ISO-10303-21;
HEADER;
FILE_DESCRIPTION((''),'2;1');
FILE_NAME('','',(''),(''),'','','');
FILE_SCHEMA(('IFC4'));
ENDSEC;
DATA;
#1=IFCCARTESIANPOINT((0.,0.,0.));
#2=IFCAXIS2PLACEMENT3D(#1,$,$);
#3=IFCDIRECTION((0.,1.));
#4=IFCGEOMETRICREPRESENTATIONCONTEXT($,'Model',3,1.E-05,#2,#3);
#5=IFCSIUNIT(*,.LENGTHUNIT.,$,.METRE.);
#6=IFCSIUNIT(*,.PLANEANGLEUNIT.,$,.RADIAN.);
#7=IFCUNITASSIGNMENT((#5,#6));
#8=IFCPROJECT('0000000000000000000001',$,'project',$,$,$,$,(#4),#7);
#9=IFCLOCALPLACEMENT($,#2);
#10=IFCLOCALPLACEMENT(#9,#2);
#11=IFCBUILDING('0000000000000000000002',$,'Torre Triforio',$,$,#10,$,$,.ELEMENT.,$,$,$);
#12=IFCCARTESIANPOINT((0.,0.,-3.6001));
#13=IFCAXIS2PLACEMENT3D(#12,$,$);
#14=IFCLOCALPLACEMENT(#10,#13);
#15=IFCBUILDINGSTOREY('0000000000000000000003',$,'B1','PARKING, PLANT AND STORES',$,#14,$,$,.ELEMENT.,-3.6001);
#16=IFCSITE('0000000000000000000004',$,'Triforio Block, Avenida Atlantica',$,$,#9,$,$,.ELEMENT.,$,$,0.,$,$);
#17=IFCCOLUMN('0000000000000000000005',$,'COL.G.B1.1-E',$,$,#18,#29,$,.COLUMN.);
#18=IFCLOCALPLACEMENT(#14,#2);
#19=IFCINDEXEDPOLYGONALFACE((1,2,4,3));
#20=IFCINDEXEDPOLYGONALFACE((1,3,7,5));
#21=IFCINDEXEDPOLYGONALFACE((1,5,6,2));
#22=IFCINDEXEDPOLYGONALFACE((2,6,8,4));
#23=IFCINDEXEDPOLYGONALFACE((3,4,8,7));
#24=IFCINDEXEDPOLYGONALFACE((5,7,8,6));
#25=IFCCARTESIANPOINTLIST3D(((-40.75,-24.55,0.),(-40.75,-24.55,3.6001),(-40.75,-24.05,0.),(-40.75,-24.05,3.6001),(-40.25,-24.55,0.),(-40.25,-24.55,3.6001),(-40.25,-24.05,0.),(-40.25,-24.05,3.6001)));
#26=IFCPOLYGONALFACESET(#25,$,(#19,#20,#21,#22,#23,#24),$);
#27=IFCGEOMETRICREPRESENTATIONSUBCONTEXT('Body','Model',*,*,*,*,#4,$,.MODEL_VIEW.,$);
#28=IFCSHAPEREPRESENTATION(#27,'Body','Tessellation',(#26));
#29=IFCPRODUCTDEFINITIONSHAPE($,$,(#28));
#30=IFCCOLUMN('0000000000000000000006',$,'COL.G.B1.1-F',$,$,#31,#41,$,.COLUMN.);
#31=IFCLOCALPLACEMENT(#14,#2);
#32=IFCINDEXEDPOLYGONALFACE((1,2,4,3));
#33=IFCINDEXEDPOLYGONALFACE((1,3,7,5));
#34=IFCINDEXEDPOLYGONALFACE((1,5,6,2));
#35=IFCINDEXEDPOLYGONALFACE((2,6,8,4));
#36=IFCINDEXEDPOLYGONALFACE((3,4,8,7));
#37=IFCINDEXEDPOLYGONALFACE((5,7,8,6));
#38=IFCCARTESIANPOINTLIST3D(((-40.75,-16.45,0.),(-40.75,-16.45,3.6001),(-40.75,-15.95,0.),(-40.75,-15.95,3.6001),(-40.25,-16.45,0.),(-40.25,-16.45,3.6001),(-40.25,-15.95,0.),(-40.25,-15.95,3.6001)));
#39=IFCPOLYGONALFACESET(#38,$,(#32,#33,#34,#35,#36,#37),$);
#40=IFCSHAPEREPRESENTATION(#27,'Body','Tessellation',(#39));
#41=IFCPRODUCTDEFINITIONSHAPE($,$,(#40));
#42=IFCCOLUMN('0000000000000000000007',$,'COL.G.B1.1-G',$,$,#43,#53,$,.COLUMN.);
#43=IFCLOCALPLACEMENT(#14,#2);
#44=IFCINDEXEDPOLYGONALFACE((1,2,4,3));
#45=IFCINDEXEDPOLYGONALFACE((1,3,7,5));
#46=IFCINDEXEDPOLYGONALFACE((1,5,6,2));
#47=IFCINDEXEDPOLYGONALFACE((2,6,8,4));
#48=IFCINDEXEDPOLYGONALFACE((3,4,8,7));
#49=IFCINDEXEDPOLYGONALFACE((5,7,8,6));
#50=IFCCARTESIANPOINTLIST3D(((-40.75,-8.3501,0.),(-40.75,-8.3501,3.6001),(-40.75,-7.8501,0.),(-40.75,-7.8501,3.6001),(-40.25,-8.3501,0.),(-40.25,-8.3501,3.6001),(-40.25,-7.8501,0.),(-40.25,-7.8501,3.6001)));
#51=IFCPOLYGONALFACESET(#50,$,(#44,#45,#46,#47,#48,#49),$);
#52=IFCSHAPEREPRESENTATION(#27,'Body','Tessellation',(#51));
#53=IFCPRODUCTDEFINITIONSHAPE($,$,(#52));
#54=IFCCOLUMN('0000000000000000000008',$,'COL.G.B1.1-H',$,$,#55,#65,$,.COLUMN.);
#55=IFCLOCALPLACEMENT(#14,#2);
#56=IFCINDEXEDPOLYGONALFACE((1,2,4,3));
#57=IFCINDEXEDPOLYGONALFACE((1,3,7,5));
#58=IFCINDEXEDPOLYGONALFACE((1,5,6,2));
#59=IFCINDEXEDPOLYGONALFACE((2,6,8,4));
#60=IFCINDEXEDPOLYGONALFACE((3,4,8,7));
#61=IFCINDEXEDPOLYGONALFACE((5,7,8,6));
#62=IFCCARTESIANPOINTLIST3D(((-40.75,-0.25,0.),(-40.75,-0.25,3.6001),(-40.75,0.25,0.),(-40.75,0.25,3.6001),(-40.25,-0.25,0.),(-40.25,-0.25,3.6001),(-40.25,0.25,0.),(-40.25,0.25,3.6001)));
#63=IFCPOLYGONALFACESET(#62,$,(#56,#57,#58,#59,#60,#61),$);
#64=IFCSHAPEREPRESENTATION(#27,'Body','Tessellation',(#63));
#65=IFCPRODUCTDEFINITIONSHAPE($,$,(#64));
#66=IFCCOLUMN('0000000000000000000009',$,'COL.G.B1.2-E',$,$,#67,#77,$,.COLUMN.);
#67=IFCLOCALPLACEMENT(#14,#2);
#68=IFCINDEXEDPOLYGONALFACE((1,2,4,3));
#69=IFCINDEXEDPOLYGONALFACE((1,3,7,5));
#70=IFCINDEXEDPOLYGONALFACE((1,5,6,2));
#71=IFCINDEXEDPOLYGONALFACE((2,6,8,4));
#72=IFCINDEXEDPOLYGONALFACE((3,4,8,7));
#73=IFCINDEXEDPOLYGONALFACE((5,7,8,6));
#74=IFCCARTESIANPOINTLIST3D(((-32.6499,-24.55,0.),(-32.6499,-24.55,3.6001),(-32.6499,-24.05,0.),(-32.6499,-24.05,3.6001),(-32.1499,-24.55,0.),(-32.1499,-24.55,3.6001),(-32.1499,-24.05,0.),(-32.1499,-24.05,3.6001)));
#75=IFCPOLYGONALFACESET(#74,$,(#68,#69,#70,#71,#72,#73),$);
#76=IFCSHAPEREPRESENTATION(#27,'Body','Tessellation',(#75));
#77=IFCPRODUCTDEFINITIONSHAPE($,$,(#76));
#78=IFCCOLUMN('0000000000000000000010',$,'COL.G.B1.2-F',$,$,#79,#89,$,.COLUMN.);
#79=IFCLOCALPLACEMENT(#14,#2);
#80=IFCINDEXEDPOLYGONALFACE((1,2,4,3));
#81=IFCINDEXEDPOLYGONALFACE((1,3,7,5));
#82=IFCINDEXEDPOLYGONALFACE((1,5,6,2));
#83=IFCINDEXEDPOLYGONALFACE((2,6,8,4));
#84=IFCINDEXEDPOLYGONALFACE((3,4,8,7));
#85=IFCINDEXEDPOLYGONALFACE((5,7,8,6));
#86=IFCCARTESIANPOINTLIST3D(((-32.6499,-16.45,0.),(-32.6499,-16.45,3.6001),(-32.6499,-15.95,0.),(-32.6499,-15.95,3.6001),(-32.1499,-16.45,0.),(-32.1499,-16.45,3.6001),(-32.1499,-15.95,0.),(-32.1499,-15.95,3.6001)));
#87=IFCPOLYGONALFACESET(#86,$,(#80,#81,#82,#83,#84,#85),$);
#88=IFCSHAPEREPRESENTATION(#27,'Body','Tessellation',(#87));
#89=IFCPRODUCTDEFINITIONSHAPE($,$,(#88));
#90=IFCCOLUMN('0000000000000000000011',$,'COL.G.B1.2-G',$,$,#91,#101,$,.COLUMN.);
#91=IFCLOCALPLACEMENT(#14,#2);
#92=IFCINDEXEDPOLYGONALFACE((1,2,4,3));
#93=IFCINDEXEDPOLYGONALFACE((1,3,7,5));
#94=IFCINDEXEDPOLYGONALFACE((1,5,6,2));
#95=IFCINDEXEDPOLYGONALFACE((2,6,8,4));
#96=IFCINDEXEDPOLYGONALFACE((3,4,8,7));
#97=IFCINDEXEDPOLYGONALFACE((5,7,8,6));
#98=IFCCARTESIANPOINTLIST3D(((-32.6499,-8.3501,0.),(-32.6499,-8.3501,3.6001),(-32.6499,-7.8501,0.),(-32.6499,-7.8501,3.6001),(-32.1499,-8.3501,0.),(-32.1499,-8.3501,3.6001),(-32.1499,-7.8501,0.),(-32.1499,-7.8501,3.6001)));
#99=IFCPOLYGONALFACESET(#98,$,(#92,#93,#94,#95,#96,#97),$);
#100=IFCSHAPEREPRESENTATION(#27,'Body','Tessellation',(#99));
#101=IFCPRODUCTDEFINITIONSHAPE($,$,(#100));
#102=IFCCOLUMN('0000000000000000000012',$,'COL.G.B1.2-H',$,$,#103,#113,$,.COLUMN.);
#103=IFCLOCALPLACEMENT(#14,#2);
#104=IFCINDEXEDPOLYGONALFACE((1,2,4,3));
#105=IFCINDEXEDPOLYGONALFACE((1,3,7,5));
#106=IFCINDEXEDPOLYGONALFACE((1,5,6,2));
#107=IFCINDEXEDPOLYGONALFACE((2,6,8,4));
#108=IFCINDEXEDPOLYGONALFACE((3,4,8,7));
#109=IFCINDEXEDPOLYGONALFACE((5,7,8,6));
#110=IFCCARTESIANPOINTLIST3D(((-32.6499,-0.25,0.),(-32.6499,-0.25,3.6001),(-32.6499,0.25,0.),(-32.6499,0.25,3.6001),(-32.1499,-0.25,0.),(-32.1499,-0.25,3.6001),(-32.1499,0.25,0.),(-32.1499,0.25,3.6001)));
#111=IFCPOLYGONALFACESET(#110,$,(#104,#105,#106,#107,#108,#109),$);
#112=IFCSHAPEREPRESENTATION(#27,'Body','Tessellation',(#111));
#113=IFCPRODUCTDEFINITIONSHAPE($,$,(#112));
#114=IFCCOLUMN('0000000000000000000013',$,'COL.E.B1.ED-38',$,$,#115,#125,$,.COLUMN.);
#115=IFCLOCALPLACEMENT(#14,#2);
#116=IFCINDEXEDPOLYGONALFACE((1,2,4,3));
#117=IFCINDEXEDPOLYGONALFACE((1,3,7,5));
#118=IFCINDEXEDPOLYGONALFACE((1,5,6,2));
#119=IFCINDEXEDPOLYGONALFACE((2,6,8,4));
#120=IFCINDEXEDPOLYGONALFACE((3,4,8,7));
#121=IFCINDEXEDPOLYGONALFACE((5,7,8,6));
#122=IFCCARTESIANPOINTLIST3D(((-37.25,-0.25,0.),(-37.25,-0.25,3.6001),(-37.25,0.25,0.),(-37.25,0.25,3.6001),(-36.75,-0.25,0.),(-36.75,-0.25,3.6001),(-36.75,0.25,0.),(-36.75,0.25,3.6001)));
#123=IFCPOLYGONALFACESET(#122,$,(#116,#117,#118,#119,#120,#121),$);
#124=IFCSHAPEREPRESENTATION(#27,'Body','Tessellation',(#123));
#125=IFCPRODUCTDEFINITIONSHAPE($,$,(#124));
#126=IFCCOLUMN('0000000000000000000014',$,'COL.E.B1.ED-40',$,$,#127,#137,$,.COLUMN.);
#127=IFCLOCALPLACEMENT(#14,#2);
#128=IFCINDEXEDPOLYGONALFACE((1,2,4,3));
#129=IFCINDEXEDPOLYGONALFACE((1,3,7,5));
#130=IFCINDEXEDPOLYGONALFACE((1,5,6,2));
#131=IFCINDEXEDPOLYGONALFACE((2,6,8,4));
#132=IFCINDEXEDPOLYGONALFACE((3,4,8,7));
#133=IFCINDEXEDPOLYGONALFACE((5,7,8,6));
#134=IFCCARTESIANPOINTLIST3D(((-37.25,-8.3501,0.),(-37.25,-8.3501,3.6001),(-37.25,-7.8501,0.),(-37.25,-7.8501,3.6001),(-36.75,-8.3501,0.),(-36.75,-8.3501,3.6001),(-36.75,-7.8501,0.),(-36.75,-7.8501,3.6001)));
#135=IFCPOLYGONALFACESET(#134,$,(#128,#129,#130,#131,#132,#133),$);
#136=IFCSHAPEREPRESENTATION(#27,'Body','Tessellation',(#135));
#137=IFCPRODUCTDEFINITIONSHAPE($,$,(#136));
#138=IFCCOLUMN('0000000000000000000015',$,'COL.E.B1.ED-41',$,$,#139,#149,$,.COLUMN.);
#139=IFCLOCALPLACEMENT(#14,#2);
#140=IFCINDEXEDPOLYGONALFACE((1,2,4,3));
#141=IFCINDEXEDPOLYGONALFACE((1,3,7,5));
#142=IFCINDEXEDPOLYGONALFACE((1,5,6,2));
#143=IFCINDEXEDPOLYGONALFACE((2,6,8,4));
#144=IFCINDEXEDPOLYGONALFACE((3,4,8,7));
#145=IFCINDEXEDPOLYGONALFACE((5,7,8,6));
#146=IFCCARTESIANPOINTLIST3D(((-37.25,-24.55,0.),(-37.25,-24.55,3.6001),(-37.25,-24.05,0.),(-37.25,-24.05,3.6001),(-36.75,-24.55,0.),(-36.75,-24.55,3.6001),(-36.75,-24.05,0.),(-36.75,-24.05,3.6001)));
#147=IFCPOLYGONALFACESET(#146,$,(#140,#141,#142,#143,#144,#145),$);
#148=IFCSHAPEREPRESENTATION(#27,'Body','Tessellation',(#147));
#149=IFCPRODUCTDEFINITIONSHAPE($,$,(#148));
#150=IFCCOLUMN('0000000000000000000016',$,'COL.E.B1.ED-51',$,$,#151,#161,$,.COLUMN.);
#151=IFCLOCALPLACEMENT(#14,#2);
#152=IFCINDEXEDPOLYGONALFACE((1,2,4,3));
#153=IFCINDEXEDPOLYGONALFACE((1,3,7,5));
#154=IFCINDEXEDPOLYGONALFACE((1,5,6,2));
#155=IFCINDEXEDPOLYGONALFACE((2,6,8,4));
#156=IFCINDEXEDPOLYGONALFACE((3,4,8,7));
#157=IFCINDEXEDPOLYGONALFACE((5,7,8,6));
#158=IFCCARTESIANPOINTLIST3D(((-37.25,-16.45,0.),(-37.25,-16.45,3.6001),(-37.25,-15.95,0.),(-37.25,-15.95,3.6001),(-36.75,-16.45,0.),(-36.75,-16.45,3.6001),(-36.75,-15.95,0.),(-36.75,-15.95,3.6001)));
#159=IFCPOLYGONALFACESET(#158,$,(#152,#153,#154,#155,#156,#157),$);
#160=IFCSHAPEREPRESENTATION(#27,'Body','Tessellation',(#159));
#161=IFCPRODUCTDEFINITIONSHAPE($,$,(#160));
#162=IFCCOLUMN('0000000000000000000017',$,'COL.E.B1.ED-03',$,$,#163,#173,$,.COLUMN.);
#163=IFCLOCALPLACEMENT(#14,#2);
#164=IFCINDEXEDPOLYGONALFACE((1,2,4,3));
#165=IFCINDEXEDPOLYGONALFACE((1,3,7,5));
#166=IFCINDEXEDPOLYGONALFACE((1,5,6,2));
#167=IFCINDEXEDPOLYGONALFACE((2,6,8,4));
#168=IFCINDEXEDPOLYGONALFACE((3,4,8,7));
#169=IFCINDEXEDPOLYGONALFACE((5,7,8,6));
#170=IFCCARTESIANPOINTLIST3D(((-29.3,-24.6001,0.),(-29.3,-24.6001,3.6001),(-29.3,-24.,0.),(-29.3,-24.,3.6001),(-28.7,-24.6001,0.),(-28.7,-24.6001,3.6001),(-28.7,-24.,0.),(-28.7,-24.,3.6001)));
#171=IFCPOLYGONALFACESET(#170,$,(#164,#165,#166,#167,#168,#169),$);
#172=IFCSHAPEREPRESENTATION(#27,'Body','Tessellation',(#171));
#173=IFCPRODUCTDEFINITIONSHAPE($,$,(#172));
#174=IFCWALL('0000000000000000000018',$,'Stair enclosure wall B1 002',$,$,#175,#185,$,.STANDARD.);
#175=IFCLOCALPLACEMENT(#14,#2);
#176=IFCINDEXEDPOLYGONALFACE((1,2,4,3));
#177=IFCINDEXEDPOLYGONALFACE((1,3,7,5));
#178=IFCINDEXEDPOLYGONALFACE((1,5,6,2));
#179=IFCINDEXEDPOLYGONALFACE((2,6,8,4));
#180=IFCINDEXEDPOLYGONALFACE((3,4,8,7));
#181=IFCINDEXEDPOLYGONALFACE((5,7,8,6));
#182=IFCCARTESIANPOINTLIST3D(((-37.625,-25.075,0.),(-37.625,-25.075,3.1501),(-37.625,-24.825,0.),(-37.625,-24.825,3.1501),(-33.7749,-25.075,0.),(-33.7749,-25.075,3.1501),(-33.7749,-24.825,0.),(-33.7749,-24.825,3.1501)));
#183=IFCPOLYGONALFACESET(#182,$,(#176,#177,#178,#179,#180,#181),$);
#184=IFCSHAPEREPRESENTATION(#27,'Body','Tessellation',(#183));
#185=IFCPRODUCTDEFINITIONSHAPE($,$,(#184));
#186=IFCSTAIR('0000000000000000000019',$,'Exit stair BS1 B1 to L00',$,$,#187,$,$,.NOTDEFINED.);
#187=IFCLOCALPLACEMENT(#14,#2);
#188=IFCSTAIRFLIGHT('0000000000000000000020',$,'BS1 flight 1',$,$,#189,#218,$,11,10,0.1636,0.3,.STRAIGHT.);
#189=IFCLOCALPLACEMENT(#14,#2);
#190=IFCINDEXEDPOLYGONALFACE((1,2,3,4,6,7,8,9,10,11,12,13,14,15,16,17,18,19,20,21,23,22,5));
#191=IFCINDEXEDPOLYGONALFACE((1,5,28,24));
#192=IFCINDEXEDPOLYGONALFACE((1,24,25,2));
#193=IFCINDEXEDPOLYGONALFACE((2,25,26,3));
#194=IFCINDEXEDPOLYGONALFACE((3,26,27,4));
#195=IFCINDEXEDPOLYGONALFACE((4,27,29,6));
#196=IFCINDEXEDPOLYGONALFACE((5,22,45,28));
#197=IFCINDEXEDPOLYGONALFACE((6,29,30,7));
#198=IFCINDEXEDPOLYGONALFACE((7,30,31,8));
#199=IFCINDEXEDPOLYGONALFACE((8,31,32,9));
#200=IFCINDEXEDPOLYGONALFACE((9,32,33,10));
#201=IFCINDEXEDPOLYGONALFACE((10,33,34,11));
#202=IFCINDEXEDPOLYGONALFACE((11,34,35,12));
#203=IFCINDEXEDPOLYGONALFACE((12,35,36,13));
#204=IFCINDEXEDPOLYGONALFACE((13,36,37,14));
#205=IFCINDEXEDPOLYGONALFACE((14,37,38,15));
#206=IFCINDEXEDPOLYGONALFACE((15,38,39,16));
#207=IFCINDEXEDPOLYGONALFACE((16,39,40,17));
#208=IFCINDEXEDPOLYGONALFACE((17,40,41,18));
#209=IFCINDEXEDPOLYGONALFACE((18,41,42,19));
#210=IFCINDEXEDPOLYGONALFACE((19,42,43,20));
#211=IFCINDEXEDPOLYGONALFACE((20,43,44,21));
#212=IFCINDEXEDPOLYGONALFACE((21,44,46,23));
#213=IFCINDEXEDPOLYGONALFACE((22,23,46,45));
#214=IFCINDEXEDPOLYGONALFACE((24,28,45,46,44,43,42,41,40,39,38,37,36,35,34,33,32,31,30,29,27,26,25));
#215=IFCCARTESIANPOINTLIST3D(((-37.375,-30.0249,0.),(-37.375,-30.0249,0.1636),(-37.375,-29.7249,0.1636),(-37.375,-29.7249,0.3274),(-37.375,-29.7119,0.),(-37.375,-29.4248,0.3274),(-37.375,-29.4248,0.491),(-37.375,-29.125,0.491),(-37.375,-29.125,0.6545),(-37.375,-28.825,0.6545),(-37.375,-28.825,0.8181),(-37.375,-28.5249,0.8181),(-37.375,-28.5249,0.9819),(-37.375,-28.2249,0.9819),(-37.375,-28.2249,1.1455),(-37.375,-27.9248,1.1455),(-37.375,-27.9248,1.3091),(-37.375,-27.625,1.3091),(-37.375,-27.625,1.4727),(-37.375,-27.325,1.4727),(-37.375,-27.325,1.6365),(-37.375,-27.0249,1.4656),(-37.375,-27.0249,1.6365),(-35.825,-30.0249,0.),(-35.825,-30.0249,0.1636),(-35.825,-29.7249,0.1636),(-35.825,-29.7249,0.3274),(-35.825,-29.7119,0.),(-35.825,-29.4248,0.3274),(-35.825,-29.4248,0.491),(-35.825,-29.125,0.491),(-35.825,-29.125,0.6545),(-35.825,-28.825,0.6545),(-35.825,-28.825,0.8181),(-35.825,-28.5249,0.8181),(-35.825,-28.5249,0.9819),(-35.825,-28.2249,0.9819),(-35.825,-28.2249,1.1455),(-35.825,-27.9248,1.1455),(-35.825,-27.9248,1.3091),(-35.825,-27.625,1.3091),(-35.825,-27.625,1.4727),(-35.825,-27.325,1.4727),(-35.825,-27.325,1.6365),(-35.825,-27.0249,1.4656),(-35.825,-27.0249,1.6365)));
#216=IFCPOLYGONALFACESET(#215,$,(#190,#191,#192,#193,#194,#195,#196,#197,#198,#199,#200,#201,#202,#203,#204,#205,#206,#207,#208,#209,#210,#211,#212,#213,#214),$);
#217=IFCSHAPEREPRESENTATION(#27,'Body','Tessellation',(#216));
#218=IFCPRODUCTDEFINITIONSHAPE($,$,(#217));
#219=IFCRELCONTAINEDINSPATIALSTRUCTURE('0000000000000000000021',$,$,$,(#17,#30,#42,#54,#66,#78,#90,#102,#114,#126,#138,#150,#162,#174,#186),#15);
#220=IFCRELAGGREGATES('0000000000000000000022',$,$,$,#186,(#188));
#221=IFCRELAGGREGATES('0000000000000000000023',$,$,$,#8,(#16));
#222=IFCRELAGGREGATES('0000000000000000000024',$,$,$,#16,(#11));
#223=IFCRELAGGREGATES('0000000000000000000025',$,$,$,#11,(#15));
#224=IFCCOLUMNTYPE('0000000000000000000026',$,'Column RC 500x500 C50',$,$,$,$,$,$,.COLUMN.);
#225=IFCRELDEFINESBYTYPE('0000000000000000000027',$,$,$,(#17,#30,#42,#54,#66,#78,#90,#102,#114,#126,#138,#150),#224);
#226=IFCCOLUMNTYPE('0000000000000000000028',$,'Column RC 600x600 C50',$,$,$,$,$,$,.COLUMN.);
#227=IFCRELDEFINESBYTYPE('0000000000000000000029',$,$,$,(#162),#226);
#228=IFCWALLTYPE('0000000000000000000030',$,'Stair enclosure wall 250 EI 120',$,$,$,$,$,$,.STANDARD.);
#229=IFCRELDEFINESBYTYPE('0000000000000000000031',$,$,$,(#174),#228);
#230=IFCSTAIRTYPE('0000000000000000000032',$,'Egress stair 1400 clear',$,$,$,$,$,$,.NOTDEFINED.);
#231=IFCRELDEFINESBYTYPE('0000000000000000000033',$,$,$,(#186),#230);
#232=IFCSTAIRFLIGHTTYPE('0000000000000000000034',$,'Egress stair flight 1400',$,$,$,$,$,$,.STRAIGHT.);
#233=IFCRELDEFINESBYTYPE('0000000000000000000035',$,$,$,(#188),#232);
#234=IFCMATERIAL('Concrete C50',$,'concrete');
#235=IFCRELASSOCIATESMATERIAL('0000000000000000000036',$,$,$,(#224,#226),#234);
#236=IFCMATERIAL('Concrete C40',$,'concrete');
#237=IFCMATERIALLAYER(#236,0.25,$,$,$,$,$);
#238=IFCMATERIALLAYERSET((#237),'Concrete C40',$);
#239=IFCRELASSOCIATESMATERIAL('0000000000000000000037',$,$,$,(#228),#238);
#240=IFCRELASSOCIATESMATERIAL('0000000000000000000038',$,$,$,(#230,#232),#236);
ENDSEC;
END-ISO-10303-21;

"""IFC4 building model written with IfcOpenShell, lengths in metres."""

from ifc_helpers import new_model, si_unit, direction, frame, frame_2d, origin, origin_2d, place, context, subcontext, project, spatial, polyline, rectangle, outline, extrude, material, layer, layer_set, material_profile, profile_set, type_object, element, aggregate, save


model = new_model("IFC4")

# Units and contexts
model_context = context("Model", 3, precision=1e-05, world=origin(), true_north=direction((0.0, 1.0)))
body_context = subcontext(model_context, "Body", "Model", "MODEL_VIEW")
ifc_project = project(units=[si_unit("LENGTHUNIT", "METRE"), si_unit("PLANEANGLEUNIT", "RADIAN")], contexts=[model_context])

# Site, building, storey
site_placement = place(None, origin())
site = spatial("IfcSite", under=ifc_project, at=site_placement, Name="Triforio Block, Avenida Atlantica", CompositionType="ELEMENT", RefElevation=0.0)
building_placement = place(site_placement, origin())
building = spatial("IfcBuilding", under=site, at=building_placement, Name="Torre Triforio", CompositionType="ELEMENT")
storey_placement = place(building_placement, frame((0.0, 0.0, -3.6001)))
storey = spatial("IfcBuildingStorey", under=building, at=storey_placement, Name="B1", Description="PARKING, PLANT AND STORES", CompositionType="ELEMENT", Elevation=-3.6001)

# Columns
ifc_material_1 = material(Name="Concrete C50", Category="concrete")
ifc_material_profile_1 = material_profile(ifc_material_1, rectangle(XDim=0.5, YDim=0.5, at=origin_2d()), Name="RC 500x500")
ifc_profile_set_1 = profile_set([ifc_material_profile_1], Name="Concrete C50")
column_type_1 = type_object("IfcColumnType", Name="Column RC 500x500 C50", PredefinedType="COLUMN", material=ifc_profile_set_1)
for number, where, z_axis, x_axis, name in (
    (1, (-40.5, -24.3, 0.0), (0.0, 0.0, 1.0), (1.0, 0.0, 0.0), "COL.G.B1.1-E"),
    (2, (-40.5, -16.2, 0.0), (0.0, 0.0, 1.0), (1.0, 0.0, 0.0), "COL.G.B1.1-F"),
    (3, (-40.5, -8.1001, 0.0), (0.0, 0.0, 1.0), (1.0, 0.0, 0.0), "COL.G.B1.1-G"),
    (4, (-40.5, 0.0, 0.0), (0.0, 0.0, 1.0), (1.0, 0.0, 0.0), "COL.G.B1.1-H"),
    (5, (-32.3999, -24.3, 0.0), (0.0, 0.0, 1.0), (1.0, 0.0, 0.0), "COL.G.B1.2-E"),
    (6, (-32.3999, -16.2, 0.0), (0.0, 0.0, 1.0), (1.0, 0.0, 0.0), "COL.G.B1.2-F"),
    (7, (-32.3999, -8.1001, 0.0), (0.0, 0.0, 1.0), (1.0, 0.0, 0.0), "COL.G.B1.2-G"),
    (8, (-32.3999, 0.0, 0.0), (0.0, 0.0, 1.0), (1.0, 0.0, 0.0), "COL.G.B1.2-H"),
    (9, (-37.0, 0.0, 0.0), (0.0, 0.0, 1.0), (1.0, 0.0, 0.0), "COL.E.B1.ED-38"),
    (10, (-37.0, -8.1001, 0.0), (0.0, 0.0, 1.0), (1.0, 0.0, 0.0), "COL.E.B1.ED-40"),
    (11, (-37.0, -24.3, 0.0), (0.0, 0.0, 1.0), (1.0, 0.0, 0.0), "COL.E.B1.ED-41"),
    (12, (-37.0, -16.2, 0.0), (0.0, 0.0, 1.0), (1.0, 0.0, 0.0), "COL.E.B1.ED-51"),
):
    element("IfcColumn", number, at=place(storey_placement, frame(where, z_axis=z_axis, x_axis=x_axis)), inside=storey, type_object=column_type_1, Name=name, PredefinedType="COLUMN", context=body_context, shape_type="SweptSolid", body=[
        extrude(rectangle(XDim=0.5, YDim=0.5, at=origin_2d()), origin(), (0.0, 0.0, 1.0), 3.6001),
    ])
ifc_material_profile_2 = material_profile(ifc_material_1, rectangle(XDim=0.6001, YDim=0.6001, at=origin_2d()), Name="RC 600x600")
ifc_profile_set_2 = profile_set([ifc_material_profile_2], Name="Concrete C50")
column_type_2 = type_object("IfcColumnType", Name="Column RC 600x600 C50", PredefinedType="COLUMN", material=ifc_profile_set_2)
column_placement = place(storey_placement, frame((-29.0, -24.3, 0.0), z_axis=(0.0, 0.0, 1.0), x_axis=(1.0, 0.0, 0.0)))
element("IfcColumn", 13, at=column_placement, inside=storey, type_object=column_type_2, Name="COL.E.B1.ED-03", PredefinedType="COLUMN", context=body_context, shape_type="SweptSolid", body=[
    extrude(rectangle(XDim=0.6001, YDim=0.6001, at=origin_2d()), origin(), (0.0, 0.0, 1.0), 3.6001),
])

# Wall
ifc_material_2 = material(Name="Concrete C40", Category="concrete")
ifc_layer = layer(ifc_material_2, 0.25)
ifc_layer_set = layer_set([ifc_layer], Name="Concrete C40")
wall_type = type_object("IfcWallType", Name="Stair enclosure wall 250 EI 120", PredefinedType="STANDARD", material=ifc_layer_set)
wall_placement = place(storey_placement, frame((-37.625, -24.95, 0.0), z_axis=(0.0, 0.0, 1.0), x_axis=(1.0, 0.0, 0.0)))
element("IfcWall", 14, at=wall_placement, inside=storey, type_object=wall_type, Name="Stair enclosure wall B1 002", PredefinedType="STANDARD", context=body_context, shape_type="SweptSolid", body=[
    extrude(rectangle(XDim=3.8501, YDim=0.25, at=frame_2d((1.925, 0.0))), origin(), (0.0, 0.0, 1.0), 3.1501),
])

# Stair, stair flight
stair_type = type_object("IfcStairType", Name="Egress stair 1400 clear", PredefinedType="NOTDEFINED", material=ifc_material_2)
stair_placement = place(storey_placement, origin())
stair = element("IfcStair", 15, at=stair_placement, inside=storey, type_object=stair_type, Name="Exit stair BS1 B1 to L00", PredefinedType="NOTDEFINED")
stair_flight_type = type_object("IfcStairFlightType", Name="Egress stair flight 1400", PredefinedType="STRAIGHT", material=ifc_material_2)
stair_flight_1_placement = place(storey_placement, frame((-36.6001, -30.0249, 0.0), z_axis=(0.0, 0.0, 1.0), x_axis=(0.0, 1.0, 0.0)))
stair_flight_1 = element("IfcStairFlight", 16, at=stair_flight_1_placement, type_object=stair_flight_type, Name="BS1 flight 1", NumberOfRisers=11, NumberOfTreads=10, PredefinedType="STRAIGHT", RiserHeight=0.1636, TreadLength=0.3, context=body_context, shape_type="SweptSolid", body=[
    extrude(outline(polyline([(0.0, 0.0), (0.0, 0.1636), (0.3, 0.1636), (0.3, 0.3274), (0.6001, 0.3274), (0.6001, 0.491), (0.8999, 0.491), (0.8999, 0.6545), (1.2, 0.6545), (1.2, 0.8181), (1.5, 0.8181), (1.5, 0.9819), (1.8, 0.9819), (1.8, 1.1455), (2.1001, 1.1455), (2.1001, 1.3091), (2.3999, 1.3091), (2.3999, 1.4727), (2.7, 1.4727), (2.7, 1.6365), (3.0, 1.6365), (3.0, 1.8), (3.0, 1.4656), (0.313, 0.0), (0.0, 0.0)])), frame((0.0, 0.7749, 0.0), z_axis=(0.0, -1.0, 0.0), x_axis=(1.0, 0.0, 0.0)), (0.0, 0.0, 1.0), 1.55),
])
aggregate(stair, [stair_flight_1])

save(model, "model.ifc")
